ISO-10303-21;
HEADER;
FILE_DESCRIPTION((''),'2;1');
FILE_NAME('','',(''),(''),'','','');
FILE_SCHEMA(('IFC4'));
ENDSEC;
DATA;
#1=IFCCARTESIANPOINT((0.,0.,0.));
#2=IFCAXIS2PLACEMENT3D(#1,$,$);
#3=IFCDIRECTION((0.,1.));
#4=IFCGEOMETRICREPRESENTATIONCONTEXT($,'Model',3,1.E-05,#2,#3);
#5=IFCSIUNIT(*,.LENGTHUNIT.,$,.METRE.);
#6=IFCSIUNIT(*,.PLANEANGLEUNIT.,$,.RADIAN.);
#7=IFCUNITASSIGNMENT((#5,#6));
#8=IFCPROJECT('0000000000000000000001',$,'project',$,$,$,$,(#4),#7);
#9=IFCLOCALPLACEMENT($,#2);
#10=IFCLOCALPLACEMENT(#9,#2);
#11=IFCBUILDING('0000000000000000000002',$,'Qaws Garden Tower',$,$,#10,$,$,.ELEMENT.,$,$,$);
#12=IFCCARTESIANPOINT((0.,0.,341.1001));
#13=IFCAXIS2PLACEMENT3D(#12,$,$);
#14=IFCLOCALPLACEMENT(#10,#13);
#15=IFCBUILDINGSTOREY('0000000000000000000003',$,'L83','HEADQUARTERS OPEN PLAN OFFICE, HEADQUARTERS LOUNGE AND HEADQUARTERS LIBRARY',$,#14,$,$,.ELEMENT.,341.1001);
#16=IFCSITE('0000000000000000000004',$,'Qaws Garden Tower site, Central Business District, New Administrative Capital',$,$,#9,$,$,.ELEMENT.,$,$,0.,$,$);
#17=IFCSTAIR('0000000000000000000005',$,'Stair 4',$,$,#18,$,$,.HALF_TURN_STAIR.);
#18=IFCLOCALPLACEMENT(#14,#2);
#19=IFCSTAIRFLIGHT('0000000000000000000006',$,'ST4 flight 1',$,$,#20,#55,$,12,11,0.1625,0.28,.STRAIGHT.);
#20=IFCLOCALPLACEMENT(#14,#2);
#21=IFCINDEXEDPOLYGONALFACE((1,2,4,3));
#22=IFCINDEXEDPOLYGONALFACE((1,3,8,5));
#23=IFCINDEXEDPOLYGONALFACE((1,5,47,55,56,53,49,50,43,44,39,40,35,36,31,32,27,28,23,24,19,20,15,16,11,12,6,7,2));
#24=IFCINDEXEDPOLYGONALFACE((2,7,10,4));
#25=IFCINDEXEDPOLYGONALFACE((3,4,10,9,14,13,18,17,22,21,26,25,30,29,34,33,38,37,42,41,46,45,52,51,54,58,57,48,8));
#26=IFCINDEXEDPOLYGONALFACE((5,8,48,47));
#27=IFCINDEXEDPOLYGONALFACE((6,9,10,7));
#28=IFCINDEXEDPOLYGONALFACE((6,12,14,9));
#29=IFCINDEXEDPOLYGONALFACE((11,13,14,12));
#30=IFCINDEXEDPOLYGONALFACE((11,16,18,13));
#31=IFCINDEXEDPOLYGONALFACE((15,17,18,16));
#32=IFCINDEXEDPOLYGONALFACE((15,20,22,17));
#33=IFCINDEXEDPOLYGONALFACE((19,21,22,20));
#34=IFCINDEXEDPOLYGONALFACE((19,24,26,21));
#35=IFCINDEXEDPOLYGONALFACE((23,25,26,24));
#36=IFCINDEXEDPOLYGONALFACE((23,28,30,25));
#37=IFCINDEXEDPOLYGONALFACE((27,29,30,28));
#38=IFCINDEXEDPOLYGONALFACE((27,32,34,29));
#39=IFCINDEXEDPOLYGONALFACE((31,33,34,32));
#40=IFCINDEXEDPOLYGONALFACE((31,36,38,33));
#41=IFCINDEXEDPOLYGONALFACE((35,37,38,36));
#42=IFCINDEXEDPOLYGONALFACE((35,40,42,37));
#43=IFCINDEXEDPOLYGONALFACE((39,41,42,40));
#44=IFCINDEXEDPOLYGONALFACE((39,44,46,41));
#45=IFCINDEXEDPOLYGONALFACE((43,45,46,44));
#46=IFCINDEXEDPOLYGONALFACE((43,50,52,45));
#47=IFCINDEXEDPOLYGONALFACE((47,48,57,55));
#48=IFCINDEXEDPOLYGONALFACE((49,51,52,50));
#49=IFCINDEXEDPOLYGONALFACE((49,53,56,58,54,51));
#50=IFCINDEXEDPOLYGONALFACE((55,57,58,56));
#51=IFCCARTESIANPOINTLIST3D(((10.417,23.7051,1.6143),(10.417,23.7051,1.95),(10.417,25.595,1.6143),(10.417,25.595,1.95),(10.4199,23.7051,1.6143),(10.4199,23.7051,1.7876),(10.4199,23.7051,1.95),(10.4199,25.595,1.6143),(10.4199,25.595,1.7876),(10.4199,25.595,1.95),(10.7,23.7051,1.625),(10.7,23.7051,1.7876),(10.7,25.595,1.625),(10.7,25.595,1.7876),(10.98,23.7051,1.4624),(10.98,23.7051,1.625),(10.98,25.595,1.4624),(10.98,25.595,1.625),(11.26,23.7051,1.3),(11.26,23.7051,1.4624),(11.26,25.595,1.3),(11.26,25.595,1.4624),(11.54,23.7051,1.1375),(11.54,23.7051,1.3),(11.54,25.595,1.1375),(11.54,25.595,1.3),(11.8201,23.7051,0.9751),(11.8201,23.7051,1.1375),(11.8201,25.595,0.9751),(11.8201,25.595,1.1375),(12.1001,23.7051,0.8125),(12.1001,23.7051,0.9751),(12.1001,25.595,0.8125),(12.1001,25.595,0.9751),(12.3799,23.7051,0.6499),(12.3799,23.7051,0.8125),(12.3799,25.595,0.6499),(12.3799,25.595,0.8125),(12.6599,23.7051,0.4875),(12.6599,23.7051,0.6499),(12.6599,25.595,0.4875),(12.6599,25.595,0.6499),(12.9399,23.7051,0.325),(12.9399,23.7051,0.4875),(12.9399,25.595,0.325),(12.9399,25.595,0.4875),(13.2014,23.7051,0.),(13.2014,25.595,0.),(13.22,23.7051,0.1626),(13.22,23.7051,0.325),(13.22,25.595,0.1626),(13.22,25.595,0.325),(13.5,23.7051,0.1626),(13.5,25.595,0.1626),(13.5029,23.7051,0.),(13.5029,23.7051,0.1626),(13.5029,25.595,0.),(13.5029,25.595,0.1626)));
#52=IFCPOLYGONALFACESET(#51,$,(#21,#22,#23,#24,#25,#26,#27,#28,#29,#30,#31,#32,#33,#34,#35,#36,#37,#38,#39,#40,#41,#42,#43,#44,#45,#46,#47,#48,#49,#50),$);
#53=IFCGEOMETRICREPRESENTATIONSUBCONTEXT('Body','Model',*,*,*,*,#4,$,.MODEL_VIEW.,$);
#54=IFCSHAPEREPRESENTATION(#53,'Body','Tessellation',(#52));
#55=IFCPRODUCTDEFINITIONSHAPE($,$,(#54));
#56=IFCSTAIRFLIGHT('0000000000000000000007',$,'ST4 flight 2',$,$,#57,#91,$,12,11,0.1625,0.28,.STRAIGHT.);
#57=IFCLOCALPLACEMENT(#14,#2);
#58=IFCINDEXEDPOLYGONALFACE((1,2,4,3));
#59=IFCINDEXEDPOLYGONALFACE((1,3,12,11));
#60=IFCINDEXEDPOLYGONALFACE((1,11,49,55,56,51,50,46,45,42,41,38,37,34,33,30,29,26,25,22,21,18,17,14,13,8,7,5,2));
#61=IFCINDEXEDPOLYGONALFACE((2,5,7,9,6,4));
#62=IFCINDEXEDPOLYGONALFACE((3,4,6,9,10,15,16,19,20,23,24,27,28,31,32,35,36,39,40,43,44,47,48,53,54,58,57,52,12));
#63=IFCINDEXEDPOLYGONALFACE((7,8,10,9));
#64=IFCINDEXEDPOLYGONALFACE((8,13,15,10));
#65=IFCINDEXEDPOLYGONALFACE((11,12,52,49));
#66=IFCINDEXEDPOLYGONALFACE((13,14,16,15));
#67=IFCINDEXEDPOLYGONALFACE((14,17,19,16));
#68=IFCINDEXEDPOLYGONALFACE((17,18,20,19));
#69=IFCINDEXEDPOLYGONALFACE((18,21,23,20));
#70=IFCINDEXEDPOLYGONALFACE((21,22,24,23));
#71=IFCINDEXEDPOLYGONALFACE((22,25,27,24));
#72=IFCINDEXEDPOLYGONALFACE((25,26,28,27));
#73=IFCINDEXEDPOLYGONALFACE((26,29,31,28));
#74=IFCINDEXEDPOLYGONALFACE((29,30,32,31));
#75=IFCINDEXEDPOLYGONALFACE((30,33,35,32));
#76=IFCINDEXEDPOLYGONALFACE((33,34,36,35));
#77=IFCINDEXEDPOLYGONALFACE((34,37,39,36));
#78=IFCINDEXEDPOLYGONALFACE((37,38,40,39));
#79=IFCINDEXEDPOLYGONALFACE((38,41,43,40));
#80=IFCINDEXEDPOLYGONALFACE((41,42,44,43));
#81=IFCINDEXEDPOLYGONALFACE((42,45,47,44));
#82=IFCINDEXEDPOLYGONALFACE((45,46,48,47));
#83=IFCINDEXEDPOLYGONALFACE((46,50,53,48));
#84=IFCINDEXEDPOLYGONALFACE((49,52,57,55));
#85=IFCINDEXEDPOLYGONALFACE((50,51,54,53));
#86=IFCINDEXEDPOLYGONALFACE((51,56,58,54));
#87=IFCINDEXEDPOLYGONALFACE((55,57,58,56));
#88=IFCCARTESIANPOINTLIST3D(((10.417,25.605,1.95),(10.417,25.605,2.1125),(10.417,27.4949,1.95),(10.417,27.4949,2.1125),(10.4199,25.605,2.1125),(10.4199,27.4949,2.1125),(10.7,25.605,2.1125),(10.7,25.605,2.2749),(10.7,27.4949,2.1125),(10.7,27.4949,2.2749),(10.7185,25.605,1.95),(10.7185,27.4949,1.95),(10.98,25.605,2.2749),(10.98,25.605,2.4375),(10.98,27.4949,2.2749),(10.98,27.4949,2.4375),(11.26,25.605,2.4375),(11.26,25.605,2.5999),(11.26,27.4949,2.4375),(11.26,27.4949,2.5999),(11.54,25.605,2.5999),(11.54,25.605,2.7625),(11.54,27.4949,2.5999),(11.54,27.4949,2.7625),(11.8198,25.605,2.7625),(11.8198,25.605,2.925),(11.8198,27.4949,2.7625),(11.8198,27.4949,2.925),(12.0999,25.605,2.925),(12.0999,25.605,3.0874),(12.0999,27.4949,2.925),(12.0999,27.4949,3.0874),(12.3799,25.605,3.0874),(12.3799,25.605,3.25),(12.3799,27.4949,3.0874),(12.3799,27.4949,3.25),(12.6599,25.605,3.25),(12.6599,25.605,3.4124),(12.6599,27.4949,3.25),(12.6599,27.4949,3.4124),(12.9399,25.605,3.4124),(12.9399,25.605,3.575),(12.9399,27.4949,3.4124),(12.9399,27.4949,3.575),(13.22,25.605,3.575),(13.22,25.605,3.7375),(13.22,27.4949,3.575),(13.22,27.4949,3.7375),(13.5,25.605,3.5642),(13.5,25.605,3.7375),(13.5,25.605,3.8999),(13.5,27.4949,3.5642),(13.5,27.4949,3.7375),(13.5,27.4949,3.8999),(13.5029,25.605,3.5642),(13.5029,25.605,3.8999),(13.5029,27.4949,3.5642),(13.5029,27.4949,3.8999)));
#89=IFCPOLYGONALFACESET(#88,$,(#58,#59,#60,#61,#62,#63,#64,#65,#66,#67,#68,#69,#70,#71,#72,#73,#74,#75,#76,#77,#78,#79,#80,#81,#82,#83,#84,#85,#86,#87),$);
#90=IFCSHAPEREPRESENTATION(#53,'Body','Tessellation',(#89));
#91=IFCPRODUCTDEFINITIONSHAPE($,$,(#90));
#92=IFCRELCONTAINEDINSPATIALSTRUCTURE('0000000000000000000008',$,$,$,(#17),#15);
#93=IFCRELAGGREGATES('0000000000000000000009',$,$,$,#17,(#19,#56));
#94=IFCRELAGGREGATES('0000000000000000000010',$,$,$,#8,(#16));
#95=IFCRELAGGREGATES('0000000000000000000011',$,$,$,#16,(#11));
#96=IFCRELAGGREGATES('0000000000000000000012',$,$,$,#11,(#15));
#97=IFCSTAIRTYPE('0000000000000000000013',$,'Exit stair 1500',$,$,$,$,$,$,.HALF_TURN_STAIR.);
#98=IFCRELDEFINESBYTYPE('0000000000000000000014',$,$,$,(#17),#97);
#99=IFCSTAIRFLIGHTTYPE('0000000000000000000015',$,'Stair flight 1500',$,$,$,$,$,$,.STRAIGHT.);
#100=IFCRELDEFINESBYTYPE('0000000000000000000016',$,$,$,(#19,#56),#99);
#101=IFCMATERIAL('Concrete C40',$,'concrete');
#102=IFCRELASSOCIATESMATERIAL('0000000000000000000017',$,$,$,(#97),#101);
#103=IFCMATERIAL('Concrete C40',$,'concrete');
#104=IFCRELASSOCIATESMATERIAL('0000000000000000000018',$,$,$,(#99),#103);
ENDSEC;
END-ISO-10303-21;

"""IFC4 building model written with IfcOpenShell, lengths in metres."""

from ifc_helpers import new_model, si_unit, direction, frame, origin, place, context, subcontext, project, spatial, polyline, outline, extrude, material, type_object, element, aggregate, save


model = new_model("IFC4")

# Units and contexts
model_context = context("Model", 3, precision=1e-05, world=origin(), true_north=direction((0.0, 1.0)))
body_context = subcontext(model_context, "Body", "Model", "MODEL_VIEW")
ifc_project = project(units=[si_unit("LENGTHUNIT", "METRE"), si_unit("PLANEANGLEUNIT", "RADIAN")], contexts=[model_context])

# Site, building, storey
site_placement = place(None, origin())
site = spatial("IfcSite", under=ifc_project, at=site_placement, Name="Qaws Garden Tower site, Central Business District, New Administrative Capital", CompositionType="ELEMENT", RefElevation=0.0)
building_placement = place(site_placement, origin())
building = spatial("IfcBuilding", under=site, at=building_placement, Name="Qaws Garden Tower", CompositionType="ELEMENT")
storey_placement = place(building_placement, frame((0.0, 0.0, 341.1001)))
storey = spatial("IfcBuildingStorey", under=building, at=storey_placement, Name="L83", Description="HEADQUARTERS OPEN PLAN OFFICE, HEADQUARTERS LOUNGE AND HEADQUARTERS LIBRARY", CompositionType="ELEMENT", Elevation=341.1001)

# Stair, stair flights
ifc_material_1 = material(Name="Concrete C40", Category="concrete")
stair_type = type_object("IfcStairType", Name="Exit stair 1500", PredefinedType="HALF_TURN_STAIR", material=ifc_material_1)
stair_placement = place(storey_placement, origin())
stair = element("IfcStair", 1, at=stair_placement, inside=storey, type_object=stair_type, Name="Stair 4", PredefinedType="HALF_TURN_STAIR")
ifc_material_2 = material(Name="Concrete C40", Category="concrete")
stair_flight_type = type_object("IfcStairFlightType", Name="Stair flight 1500", PredefinedType="STRAIGHT", material=ifc_material_2)
stair_flight_1_placement = place(storey_placement, frame((13.5, 24.6499, 0.0), z_axis=(0.0, 0.0, 1.0), x_axis=(-1.0, 0.0, 0.0)))
stair_flight_1 = element("IfcStairFlight", 2, at=stair_flight_1_placement, type_object=stair_flight_type, Name="ST4 flight 1", NumberOfRisers=12, NumberOfTreads=11, PredefinedType="STRAIGHT", RiserHeight=0.1625, TreadLength=0.28, context=body_context, shape_type="SweptSolid", body=[
    extrude(outline(polyline([(-0.0029, 0.0), (-0.0029, 0.1626), (0.0, 0.1626), (0.28, 0.1626), (0.28, 0.325), (0.5601, 0.325), (0.5601, 0.4875), (0.8401, 0.4875), (0.8401, 0.6499), (1.1201, 0.6499), (1.1201, 0.8125), (1.3999, 0.8125), (1.3999, 0.9751), (1.6799, 0.9751), (1.6799, 1.1375), (1.96, 1.1375), (1.96, 1.3), (2.24, 1.3), (2.24, 1.4624), (2.52, 1.4624), (2.52, 1.625), (2.8, 1.625), (2.8, 1.7876), (3.0801, 1.7876), (3.0801, 1.95), (3.083, 1.95), (3.083, 1.6143), (3.0801, 1.6143), (0.2986, 0.0), (-0.0029, 0.0)])), frame((0.0, 0.9448, 0.0), z_axis=(0.0, -1.0, 0.0), x_axis=(1.0, 0.0, 0.0)), (0.0, 0.0, 1.0), 1.8899),
])
stair_flight_2_placement = place(storey_placement, frame((10.4199, 26.55, 1.95), z_axis=(0.0, 0.0, 1.0), x_axis=(1.0, 0.0, 0.0)))
stair_flight_2 = element("IfcStairFlight", 3, at=stair_flight_2_placement, type_object=stair_flight_type, Name="ST4 flight 2", NumberOfRisers=12, NumberOfTreads=11, PredefinedType="STRAIGHT", RiserHeight=0.1625, TreadLength=0.28, context=body_context, shape_type="SweptSolid", body=[
    extrude(outline(polyline([(-0.0029, 0.0), (-0.0029, 0.1626), (0.0, 0.1626), (0.28, 0.1626), (0.28, 0.325), (0.5601, 0.325), (0.5601, 0.4875), (0.8401, 0.4875), (0.8401, 0.6499), (1.1201, 0.6499), (1.1201, 0.8125), (1.3999, 0.8125), (1.3999, 0.9751), (1.6799, 0.9751), (1.6799, 1.1375), (1.96, 1.1375), (1.96, 1.3), (2.24, 1.3), (2.24, 1.4624), (2.52, 1.4624), (2.52, 1.625), (2.8, 1.625), (2.8, 1.7876), (3.0801, 1.7876), (3.0801, 1.95), (3.083, 1.95), (3.083, 1.6143), (3.0801, 1.6143), (0.2986, 0.0), (-0.0029, 0.0)])), frame((0.0, 0.9448, 0.0), z_axis=(0.0, -1.0, 0.0), x_axis=(1.0, 0.0, 0.0)), (0.0, 0.0, 1.0), 1.8899),
])
aggregate(stair, [stair_flight_1, stair_flight_2])

save(model, "model.ifc")
